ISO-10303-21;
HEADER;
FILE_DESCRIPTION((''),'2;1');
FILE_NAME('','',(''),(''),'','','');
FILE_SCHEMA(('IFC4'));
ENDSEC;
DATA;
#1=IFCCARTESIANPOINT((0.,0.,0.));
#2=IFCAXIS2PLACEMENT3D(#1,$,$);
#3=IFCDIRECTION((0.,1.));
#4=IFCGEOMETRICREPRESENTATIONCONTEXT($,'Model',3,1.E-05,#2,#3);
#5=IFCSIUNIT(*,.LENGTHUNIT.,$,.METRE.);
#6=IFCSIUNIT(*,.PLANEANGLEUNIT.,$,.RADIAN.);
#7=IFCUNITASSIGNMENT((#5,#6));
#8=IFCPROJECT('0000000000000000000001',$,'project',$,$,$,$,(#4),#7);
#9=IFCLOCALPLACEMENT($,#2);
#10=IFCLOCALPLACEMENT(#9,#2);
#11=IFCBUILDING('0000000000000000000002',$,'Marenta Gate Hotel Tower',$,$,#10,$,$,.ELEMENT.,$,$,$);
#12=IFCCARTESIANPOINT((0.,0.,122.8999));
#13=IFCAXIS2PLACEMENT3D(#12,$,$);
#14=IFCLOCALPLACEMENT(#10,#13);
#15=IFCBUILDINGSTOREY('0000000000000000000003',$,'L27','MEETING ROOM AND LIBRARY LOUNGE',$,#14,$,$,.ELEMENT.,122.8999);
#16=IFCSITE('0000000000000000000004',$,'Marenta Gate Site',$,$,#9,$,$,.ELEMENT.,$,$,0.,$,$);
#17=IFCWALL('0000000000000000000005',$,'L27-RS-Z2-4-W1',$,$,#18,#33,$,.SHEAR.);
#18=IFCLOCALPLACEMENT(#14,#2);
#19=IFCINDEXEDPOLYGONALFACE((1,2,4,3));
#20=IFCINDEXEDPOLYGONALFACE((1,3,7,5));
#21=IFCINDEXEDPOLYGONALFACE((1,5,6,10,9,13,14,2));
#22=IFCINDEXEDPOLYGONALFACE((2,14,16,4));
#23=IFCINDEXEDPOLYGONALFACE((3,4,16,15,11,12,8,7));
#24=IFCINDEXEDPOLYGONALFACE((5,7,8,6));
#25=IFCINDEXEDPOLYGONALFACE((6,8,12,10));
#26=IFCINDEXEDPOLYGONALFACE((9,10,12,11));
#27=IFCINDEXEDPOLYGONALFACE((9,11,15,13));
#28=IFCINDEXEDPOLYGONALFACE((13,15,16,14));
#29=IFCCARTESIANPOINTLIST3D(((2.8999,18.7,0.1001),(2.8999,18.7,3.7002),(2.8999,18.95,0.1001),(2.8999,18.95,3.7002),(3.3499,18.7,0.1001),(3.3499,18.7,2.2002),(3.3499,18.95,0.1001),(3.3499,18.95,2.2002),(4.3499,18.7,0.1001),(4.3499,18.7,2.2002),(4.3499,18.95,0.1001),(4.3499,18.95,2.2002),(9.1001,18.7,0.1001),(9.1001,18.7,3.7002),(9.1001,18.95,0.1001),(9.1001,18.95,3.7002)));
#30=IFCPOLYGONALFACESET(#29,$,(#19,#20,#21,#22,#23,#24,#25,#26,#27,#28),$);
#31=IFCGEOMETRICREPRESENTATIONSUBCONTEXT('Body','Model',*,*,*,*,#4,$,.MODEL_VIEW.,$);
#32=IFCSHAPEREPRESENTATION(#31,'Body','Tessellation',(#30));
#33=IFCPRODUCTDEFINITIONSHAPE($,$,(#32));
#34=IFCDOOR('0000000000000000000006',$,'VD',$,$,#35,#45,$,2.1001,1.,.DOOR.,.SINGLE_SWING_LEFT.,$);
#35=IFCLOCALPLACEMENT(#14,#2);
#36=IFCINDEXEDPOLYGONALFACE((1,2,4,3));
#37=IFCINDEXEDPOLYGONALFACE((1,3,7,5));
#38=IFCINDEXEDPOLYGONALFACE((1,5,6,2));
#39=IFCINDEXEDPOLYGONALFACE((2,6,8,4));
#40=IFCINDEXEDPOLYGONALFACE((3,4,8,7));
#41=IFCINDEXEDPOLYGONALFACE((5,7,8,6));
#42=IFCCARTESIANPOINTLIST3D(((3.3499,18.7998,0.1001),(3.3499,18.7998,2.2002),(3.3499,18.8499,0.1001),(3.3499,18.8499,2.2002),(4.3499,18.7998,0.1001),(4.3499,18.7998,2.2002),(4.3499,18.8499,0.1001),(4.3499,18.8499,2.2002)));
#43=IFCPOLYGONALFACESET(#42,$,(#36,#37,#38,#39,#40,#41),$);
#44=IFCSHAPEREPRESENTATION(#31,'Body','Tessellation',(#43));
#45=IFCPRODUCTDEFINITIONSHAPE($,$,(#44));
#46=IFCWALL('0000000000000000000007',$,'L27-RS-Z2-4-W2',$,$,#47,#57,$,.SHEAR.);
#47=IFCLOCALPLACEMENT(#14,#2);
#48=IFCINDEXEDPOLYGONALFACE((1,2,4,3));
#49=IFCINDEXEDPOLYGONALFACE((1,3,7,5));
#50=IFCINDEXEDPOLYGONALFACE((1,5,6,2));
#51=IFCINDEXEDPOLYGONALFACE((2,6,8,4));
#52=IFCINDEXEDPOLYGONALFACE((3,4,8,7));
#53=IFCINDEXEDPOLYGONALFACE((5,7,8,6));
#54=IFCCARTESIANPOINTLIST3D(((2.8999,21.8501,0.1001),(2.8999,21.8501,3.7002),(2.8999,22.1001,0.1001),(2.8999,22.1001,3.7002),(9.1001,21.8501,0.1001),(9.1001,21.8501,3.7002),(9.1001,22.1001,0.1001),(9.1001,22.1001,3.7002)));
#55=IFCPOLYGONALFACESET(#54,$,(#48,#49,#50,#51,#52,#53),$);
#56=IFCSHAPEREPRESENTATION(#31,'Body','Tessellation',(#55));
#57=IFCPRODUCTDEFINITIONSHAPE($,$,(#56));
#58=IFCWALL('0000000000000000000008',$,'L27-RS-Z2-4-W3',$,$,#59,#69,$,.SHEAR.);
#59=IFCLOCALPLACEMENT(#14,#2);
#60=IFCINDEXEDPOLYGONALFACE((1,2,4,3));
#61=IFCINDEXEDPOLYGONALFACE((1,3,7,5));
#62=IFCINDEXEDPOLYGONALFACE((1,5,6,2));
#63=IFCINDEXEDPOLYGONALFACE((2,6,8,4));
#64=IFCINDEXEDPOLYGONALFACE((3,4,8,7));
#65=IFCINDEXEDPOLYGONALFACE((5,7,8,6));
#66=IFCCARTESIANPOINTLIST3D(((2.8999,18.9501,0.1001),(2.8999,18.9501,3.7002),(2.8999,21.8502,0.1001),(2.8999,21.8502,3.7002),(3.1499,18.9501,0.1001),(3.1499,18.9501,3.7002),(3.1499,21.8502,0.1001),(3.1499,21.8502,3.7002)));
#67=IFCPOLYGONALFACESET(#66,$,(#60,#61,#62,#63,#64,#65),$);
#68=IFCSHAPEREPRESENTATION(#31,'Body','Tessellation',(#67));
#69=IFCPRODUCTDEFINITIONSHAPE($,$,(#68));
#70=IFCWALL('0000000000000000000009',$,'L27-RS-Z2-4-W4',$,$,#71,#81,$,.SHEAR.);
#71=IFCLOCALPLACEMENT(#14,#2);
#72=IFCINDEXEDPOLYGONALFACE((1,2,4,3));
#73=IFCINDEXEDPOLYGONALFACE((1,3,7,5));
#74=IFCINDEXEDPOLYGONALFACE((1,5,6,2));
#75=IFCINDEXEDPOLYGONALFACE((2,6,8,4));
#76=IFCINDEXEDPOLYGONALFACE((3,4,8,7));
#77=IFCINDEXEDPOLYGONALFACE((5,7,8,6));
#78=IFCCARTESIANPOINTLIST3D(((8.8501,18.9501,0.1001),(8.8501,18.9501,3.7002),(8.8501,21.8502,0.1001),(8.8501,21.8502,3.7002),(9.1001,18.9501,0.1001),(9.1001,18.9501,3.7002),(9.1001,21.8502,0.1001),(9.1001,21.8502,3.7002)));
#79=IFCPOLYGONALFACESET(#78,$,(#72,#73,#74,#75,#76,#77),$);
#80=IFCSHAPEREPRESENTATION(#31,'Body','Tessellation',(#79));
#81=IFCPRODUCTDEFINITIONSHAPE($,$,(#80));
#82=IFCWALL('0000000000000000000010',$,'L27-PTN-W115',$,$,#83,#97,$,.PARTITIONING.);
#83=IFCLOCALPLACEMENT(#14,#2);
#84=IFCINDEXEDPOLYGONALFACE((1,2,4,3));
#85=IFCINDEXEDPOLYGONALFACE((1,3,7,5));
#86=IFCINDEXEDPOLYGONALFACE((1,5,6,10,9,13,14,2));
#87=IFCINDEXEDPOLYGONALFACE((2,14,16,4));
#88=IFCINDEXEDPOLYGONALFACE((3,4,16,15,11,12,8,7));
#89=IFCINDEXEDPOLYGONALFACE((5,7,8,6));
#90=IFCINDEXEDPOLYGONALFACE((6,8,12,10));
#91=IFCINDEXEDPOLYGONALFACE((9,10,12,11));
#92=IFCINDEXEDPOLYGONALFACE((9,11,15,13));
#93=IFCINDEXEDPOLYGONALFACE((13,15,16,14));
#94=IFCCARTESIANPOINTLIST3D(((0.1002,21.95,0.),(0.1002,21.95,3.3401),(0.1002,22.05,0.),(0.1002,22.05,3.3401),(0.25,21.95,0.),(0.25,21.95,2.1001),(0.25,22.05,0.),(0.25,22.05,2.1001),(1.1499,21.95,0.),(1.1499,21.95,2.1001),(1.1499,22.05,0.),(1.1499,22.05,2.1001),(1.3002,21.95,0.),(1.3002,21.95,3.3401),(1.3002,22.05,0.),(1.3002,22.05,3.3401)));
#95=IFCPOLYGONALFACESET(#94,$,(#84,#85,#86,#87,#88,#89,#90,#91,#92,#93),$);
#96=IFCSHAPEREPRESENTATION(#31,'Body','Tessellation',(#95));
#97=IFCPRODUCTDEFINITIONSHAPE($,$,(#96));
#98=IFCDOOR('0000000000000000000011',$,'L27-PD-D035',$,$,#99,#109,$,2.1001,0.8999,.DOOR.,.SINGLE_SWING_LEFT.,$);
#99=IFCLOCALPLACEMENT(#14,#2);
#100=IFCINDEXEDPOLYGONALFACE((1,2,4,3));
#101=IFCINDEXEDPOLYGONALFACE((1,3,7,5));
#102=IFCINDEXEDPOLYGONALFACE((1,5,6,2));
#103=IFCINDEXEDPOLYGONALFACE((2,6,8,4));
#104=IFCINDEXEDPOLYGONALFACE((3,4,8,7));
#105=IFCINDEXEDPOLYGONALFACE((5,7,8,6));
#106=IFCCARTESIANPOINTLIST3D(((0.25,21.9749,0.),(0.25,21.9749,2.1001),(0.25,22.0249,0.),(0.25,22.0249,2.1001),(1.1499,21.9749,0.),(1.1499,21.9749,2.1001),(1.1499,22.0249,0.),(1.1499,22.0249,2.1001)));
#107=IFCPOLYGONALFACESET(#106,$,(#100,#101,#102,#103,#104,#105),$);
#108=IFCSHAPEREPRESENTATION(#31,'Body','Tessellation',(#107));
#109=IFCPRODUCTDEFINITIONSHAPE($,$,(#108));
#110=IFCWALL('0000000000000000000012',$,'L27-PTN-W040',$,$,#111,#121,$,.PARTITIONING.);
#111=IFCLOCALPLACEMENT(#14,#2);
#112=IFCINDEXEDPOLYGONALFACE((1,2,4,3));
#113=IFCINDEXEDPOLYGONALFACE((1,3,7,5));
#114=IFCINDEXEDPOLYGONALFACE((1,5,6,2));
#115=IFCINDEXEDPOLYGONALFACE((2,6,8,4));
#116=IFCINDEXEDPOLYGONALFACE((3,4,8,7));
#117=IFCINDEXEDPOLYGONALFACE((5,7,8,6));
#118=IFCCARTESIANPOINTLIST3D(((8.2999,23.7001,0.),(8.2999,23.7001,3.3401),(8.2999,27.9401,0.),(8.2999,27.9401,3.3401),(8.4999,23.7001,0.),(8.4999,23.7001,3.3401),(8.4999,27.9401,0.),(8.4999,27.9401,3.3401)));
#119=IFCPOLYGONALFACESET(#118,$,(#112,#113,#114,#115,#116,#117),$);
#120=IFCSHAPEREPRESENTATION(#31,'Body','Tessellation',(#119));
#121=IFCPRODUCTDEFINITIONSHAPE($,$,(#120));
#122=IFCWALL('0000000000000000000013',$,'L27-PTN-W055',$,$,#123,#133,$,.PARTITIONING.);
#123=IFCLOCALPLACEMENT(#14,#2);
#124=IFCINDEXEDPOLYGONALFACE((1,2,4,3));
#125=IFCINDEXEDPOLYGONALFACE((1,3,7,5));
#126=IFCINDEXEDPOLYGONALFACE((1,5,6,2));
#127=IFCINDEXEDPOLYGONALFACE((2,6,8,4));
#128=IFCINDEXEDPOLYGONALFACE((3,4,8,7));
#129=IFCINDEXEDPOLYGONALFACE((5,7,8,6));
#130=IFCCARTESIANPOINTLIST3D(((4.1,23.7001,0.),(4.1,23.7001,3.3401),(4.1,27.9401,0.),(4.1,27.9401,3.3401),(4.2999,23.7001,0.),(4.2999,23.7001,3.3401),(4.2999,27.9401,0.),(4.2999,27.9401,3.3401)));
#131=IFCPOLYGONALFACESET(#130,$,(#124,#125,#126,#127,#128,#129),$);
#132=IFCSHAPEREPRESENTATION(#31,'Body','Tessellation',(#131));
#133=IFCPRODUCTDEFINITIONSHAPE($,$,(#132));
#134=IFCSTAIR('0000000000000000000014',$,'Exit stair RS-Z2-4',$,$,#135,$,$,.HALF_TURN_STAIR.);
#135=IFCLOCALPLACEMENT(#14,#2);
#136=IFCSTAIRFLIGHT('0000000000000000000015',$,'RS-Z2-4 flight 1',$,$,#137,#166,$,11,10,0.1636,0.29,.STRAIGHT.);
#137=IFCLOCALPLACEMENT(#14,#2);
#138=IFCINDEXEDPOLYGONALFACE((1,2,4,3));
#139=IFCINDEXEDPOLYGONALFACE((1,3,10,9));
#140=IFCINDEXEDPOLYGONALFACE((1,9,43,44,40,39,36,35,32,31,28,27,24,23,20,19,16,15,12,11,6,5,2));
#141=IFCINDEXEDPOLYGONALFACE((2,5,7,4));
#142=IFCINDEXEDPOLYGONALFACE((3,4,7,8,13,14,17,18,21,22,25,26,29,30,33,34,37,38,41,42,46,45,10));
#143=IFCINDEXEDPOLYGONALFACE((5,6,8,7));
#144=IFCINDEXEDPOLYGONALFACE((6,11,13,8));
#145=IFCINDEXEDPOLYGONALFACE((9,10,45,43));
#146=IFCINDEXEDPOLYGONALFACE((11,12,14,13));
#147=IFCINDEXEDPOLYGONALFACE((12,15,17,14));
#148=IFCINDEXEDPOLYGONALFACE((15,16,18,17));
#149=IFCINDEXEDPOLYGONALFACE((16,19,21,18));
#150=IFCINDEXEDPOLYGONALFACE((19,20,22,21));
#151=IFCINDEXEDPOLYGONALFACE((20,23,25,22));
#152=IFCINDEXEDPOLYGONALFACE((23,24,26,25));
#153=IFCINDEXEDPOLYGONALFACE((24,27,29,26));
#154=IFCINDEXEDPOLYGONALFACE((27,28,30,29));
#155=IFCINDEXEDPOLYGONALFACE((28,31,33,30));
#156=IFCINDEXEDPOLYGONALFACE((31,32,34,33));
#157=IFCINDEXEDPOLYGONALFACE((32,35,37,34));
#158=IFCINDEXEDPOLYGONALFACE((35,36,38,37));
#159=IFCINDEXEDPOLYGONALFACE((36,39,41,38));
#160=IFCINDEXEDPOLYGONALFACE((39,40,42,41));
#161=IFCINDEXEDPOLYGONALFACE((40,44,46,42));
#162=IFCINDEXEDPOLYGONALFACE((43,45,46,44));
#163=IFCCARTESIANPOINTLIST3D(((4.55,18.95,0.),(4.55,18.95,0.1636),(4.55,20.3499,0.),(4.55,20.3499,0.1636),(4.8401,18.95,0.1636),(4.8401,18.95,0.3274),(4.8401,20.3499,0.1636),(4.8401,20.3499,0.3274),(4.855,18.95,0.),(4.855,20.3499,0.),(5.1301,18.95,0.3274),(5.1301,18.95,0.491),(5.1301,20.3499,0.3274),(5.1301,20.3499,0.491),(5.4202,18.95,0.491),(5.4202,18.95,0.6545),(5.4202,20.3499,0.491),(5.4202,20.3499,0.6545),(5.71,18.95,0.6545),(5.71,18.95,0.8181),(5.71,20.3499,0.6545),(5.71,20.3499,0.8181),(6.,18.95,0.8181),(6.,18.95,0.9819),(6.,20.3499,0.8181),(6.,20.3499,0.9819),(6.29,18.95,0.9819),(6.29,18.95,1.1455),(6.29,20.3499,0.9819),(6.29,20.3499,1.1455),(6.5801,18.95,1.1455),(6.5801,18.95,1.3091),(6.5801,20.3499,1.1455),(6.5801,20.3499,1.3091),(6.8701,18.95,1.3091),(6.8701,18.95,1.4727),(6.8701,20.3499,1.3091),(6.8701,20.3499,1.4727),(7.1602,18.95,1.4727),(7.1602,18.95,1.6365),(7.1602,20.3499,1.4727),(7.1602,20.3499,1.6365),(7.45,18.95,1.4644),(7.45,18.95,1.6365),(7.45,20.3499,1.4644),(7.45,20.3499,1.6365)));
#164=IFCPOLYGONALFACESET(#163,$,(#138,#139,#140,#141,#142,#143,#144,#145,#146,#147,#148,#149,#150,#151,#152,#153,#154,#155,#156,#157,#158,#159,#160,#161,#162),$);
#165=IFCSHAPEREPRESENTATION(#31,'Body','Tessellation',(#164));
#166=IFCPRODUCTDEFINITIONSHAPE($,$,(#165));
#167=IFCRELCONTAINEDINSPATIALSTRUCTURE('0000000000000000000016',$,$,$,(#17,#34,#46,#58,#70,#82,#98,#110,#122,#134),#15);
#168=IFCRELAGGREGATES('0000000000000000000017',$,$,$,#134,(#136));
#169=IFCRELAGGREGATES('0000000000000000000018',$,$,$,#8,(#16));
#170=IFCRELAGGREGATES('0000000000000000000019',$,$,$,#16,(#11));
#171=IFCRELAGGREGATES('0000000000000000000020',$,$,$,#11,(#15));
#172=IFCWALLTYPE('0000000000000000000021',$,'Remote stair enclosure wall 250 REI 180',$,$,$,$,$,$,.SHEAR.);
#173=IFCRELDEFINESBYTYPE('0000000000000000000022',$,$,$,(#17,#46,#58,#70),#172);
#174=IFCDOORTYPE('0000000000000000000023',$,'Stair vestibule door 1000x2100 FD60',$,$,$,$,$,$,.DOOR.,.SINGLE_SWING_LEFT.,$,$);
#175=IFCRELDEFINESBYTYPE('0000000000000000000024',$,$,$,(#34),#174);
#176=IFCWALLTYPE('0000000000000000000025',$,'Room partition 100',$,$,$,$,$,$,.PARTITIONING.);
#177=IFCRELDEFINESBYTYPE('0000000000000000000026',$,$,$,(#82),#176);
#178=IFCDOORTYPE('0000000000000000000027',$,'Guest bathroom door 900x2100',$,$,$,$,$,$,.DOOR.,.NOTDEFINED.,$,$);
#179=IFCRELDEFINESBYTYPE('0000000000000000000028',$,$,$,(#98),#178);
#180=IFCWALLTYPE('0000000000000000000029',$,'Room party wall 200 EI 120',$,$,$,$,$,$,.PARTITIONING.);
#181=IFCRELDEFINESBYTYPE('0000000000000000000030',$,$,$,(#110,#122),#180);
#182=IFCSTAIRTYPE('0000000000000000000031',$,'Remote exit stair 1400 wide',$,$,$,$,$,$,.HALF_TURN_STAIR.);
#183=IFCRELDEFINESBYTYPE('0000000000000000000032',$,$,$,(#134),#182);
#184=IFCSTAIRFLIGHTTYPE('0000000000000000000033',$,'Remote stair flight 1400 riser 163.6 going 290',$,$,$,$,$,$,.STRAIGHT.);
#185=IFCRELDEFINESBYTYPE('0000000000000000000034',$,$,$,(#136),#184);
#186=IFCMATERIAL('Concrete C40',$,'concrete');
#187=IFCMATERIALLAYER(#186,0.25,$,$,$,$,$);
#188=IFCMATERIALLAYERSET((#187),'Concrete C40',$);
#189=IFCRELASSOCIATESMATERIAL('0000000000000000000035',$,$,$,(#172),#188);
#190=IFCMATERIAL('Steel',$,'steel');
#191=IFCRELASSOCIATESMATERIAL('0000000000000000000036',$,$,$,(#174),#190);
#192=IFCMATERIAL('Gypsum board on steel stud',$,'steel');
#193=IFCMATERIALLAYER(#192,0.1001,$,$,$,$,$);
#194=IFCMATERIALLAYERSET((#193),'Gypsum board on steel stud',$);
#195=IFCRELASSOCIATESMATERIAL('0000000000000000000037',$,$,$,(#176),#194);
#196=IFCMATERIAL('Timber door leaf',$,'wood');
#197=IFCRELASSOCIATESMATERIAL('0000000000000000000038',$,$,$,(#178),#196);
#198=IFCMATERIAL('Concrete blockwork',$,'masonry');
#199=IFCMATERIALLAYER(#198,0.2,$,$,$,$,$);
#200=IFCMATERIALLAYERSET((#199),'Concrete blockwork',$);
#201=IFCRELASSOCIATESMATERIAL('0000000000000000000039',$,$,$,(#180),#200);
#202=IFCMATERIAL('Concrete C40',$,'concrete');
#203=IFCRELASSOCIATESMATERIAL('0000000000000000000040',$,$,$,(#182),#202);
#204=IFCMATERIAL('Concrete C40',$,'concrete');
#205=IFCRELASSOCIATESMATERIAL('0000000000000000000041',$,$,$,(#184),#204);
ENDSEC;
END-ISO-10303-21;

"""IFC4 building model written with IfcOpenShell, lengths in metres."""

from ifc_helpers import new_model, si_unit, direction, frame, frame_2d, origin, place, context, subcontext, project, spatial, polyline, rectangle, outline, extrude, material, layer, layer_set, type_object, element, fill, aggregate, save


model = new_model("IFC4")

# Units and contexts
model_context = context("Model", 3, precision=1e-05, world=origin(), true_north=direction((0.0, 1.0)))
body_context = subcontext(model_context, "Body", "Model", "MODEL_VIEW")
ifc_project = project(units=[si_unit("LENGTHUNIT", "METRE"), si_unit("PLANEANGLEUNIT", "RADIAN")], contexts=[model_context])

# Site, building, storey
site_placement = place(None, origin())
site = spatial("IfcSite", under=ifc_project, at=site_placement, Name="Marenta Gate Site", CompositionType="ELEMENT", RefElevation=0.0)
building_placement = place(site_placement, origin())
building = spatial("IfcBuilding", under=site, at=building_placement, Name="Marenta Gate Hotel Tower", CompositionType="ELEMENT")
storey_placement = place(building_placement, frame((0.0, 0.0, 122.8999)))
storey = spatial("IfcBuildingStorey", under=building, at=storey_placement, Name="L27", Description="MEETING ROOM AND LIBRARY LOUNGE", CompositionType="ELEMENT", Elevation=122.8999)

# Wall, opening, door
ifc_material_1 = material(Name="Concrete C40", Category="concrete")
ifc_layer_1 = layer(ifc_material_1, 0.25)
ifc_layer_set_1 = layer_set([ifc_layer_1], Name="Concrete C40")
wall_type_1 = type_object("IfcWallType", Name="Remote stair enclosure wall 250 REI 180", PredefinedType="SHEAR", material=ifc_layer_set_1)
wall_1_placement = place(storey_placement, frame((2.8999, 18.825, 0.1001), z_axis=(0.0, 0.0, 1.0), x_axis=(1.0, 0.0, 0.0)))
wall_1 = element("IfcWall", 1, at=wall_1_placement, inside=storey, type_object=wall_type_1, Name="L27-RS-Z2-4-W1", PredefinedType="SHEAR", context=body_context, shape_type="SweptSolid", body=[
    extrude(rectangle(XDim=6.2002, YDim=0.25, at=frame_2d((3.1001, 0.0))), origin(), (0.0, 0.0, 1.0), 3.6001),
])
opening_1_placement = place(wall_1_placement, frame((0.45, 0.0, 0.0)))
opening_1 = element("IfcOpeningElement", 2, at=opening_1_placement, cuts=wall_1, PredefinedType="OPENING", context=body_context, shape_type="SweptSolid", body=[
    extrude(rectangle(XDim=1.0, YDim=2.1001, at=frame_2d((0.5, 1.05))), frame((0.0, 0.125, 0.0), z_axis=(0.0, -1.0, 0.0), x_axis=(1.0, 0.0, 0.0)), (0.0, 0.0, 1.0), 0.25),
])
ifc_material_2 = material(Name="Steel", Category="steel")
door_type_1 = type_object("IfcDoorType", Name="Stair vestibule door 1000x2100 FD60", OperationType="SINGLE_SWING_LEFT", PredefinedType="DOOR", material=ifc_material_2)
door_1_placement = place(opening_1_placement, origin())
door_1 = element("IfcDoor", 3, at=door_1_placement, inside=storey, type_object=door_type_1, Name="VD", OperationType="SINGLE_SWING_LEFT", OverallHeight=2.1001, OverallWidth=1.0, PredefinedType="DOOR", context=body_context, shape_type="SweptSolid", body=[
    extrude(rectangle(XDim=1.0, YDim=2.1001, at=frame_2d((0.5, 1.05))), frame((0.0, 0.0249, 0.0), z_axis=(0.0, -1.0, 0.0), x_axis=(1.0, 0.0, 0.0)), (0.0, 0.0, 1.0), 0.05),
])
fill(opening_1, door_1)

# Walls
wall_2_placement = place(storey_placement, frame((2.8999, 21.9751, 0.1001), z_axis=(0.0, 0.0, 1.0), x_axis=(1.0, 0.0, 0.0)))
element("IfcWall", 4, at=wall_2_placement, inside=storey, type_object=wall_type_1, Name="L27-RS-Z2-4-W2", PredefinedType="SHEAR", context=body_context, shape_type="SweptSolid", body=[
    extrude(rectangle(XDim=6.2002, YDim=0.25, at=frame_2d((3.1001, 0.0))), origin(), (0.0, 0.0, 1.0), 3.6001),
])
for number, where, z_axis, x_axis, name in (
    (5, (3.0249, 18.95, 0.1001), (0.0, 0.0, 1.0), (0.0, 1.0, 0.0), "L27-RS-Z2-4-W3"),
    (6, (8.9751, 18.95, 0.1001), (0.0, 0.0, 1.0), (0.0, 1.0, 0.0), "L27-RS-Z2-4-W4"),
):
    element("IfcWall", number, at=place(storey_placement, frame(where, z_axis=z_axis, x_axis=x_axis)), inside=storey, type_object=wall_type_1, Name=name, PredefinedType="SHEAR", context=body_context, shape_type="SweptSolid", body=[
        extrude(rectangle(XDim=2.9001, YDim=0.25, at=frame_2d((1.4502, 0.0))), origin(), (0.0, 0.0, 1.0), 3.6001),
    ])

# Wall, opening, door
ifc_material_3 = material(Name="Gypsum board on steel stud", Category="steel")
ifc_layer_2 = layer(ifc_material_3, 0.1001)
ifc_layer_set_2 = layer_set([ifc_layer_2], Name="Gypsum board on steel stud")
wall_type_2 = type_object("IfcWallType", Name="Room partition 100", PredefinedType="PARTITIONING", material=ifc_layer_set_2)
wall_3_placement = place(storey_placement, frame((0.1001, 22.0, 0.0), z_axis=(0.0, 0.0, 1.0), x_axis=(1.0, 0.0, 0.0)))
wall_3 = element("IfcWall", 7, at=wall_3_placement, inside=storey, type_object=wall_type_2, Name="L27-PTN-W115", PredefinedType="PARTITIONING", context=body_context, shape_type="SweptSolid", body=[
    extrude(rectangle(XDim=1.2, YDim=0.1001, at=frame_2d((0.6001, 0.0))), origin(), (0.0, 0.0, 1.0), 3.3401),
])
opening_2_placement = place(wall_3_placement, frame((0.1499, 0.0, 0.0)))
opening_2 = element("IfcOpeningElement", 8, at=opening_2_placement, cuts=wall_3, PredefinedType="OPENING", context=body_context, shape_type="SweptSolid", body=[
    extrude(rectangle(XDim=0.8999, YDim=2.1001, at=frame_2d((0.45, 1.05))), frame((0.0, 0.05, 0.0), z_axis=(0.0, -1.0, 0.0), x_axis=(1.0, 0.0, 0.0)), (0.0, 0.0, 1.0), 0.1001),
])
ifc_material_4 = material(Name="Timber door leaf", Category="wood")
door_type_2 = type_object("IfcDoorType", Name="Guest bathroom door 900x2100", OperationType="NOTDEFINED", PredefinedType="DOOR", material=ifc_material_4)
door_2_placement = place(opening_2_placement, origin())
door_2 = element("IfcDoor", 9, at=door_2_placement, inside=storey, type_object=door_type_2, Name="L27-PD-D035", OperationType="SINGLE_SWING_LEFT", OverallHeight=2.1001, OverallWidth=0.8999, PredefinedType="DOOR", context=body_context, shape_type="SweptSolid", body=[
    extrude(rectangle(XDim=0.8999, YDim=2.1001, at=frame_2d((0.45, 1.05))), frame((0.0, 0.0249, 0.0), z_axis=(0.0, -1.0, 0.0), x_axis=(1.0, 0.0, 0.0)), (0.0, 0.0, 1.0), 0.05),
])
fill(opening_2, door_2)

# Walls
ifc_material_5 = material(Name="Concrete blockwork", Category="masonry")
ifc_layer_3 = layer(ifc_material_5, 0.2)
ifc_layer_set_3 = layer_set([ifc_layer_3], Name="Concrete blockwork")
wall_type_3 = type_object("IfcWallType", Name="Room party wall 200 EI 120", PredefinedType="PARTITIONING", material=ifc_layer_set_3)
for number, where, z_axis, x_axis, name in (
    (10, (8.3999, 23.7, 0.0), (0.0, 0.0, 1.0), (0.0, 1.0, 0.0), "L27-PTN-W040"),
    (11, (4.2, 23.7, 0.0), (0.0, 0.0, 1.0), (0.0, 1.0, 0.0), "L27-PTN-W055"),
):
    element("IfcWall", number, at=place(storey_placement, frame(where, z_axis=z_axis, x_axis=x_axis)), inside=storey, type_object=wall_type_3, Name=name, PredefinedType="PARTITIONING", context=body_context, shape_type="SweptSolid", body=[
        extrude(rectangle(XDim=4.24, YDim=0.2, at=frame_2d((2.1201, 0.0))), origin(), (0.0, 0.0, 1.0), 3.3401),
    ])

# Stair, stair flight
ifc_material_6 = material(Name="Concrete C40", Category="concrete")
stair_type = type_object("IfcStairType", Name="Remote exit stair 1400 wide", PredefinedType="HALF_TURN_STAIR", material=ifc_material_6)
stair_placement = place(storey_placement, origin())
stair = element("IfcStair", 12, at=stair_placement, inside=storey, type_object=stair_type, Name="Exit stair RS-Z2-4", PredefinedType="HALF_TURN_STAIR")
ifc_material_7 = material(Name="Concrete C40", Category="concrete")
stair_flight_type = type_object("IfcStairFlightType", Name="Remote stair flight 1400 riser 163.6 going 290", PredefinedType="STRAIGHT", material=ifc_material_7)
stair_flight_1_placement = place(storey_placement, frame((4.55, 19.6499, 0.0), z_axis=(0.0, 0.0, 1.0), x_axis=(1.0, 0.0, 0.0)))
stair_flight_1 = element("IfcStairFlight", 13, at=stair_flight_1_placement, type_object=stair_flight_type, Name="RS-Z2-4 flight 1", NumberOfRisers=11, NumberOfTreads=10, PredefinedType="STRAIGHT", RiserHeight=0.1636, TreadLength=0.29, context=body_context, shape_type="SweptSolid", body=[
    extrude(outline(polyline([(0.0, 0.0), (0.0, 0.1636), (0.29, 0.1636), (0.29, 0.3274), (0.5801, 0.3274), (0.5801, 0.491), (0.8701, 0.491), (0.8701, 0.6545), (1.1599, 0.6545), (1.1599, 0.8181), (1.45, 0.8181), (1.45, 0.9819), (1.74, 0.9819), (1.74, 1.1455), (2.03, 1.1455), (2.03, 1.3091), (2.3201, 1.3091), (2.3201, 1.4727), (2.6101, 1.4727), (2.6101, 1.6365), (2.8999, 1.6365), (2.8999, 1.8), (2.8999, 1.4644), (0.3049, 0.0), (0.0, 0.0)])), frame((0.0, 0.7, 0.0), z_axis=(0.0, -1.0, 0.0), x_axis=(1.0, 0.0, 0.0)), (0.0, 0.0, 1.0), 1.3999),
])
aggregate(stair, [stair_flight_1])

save(model, "model.ifc")
